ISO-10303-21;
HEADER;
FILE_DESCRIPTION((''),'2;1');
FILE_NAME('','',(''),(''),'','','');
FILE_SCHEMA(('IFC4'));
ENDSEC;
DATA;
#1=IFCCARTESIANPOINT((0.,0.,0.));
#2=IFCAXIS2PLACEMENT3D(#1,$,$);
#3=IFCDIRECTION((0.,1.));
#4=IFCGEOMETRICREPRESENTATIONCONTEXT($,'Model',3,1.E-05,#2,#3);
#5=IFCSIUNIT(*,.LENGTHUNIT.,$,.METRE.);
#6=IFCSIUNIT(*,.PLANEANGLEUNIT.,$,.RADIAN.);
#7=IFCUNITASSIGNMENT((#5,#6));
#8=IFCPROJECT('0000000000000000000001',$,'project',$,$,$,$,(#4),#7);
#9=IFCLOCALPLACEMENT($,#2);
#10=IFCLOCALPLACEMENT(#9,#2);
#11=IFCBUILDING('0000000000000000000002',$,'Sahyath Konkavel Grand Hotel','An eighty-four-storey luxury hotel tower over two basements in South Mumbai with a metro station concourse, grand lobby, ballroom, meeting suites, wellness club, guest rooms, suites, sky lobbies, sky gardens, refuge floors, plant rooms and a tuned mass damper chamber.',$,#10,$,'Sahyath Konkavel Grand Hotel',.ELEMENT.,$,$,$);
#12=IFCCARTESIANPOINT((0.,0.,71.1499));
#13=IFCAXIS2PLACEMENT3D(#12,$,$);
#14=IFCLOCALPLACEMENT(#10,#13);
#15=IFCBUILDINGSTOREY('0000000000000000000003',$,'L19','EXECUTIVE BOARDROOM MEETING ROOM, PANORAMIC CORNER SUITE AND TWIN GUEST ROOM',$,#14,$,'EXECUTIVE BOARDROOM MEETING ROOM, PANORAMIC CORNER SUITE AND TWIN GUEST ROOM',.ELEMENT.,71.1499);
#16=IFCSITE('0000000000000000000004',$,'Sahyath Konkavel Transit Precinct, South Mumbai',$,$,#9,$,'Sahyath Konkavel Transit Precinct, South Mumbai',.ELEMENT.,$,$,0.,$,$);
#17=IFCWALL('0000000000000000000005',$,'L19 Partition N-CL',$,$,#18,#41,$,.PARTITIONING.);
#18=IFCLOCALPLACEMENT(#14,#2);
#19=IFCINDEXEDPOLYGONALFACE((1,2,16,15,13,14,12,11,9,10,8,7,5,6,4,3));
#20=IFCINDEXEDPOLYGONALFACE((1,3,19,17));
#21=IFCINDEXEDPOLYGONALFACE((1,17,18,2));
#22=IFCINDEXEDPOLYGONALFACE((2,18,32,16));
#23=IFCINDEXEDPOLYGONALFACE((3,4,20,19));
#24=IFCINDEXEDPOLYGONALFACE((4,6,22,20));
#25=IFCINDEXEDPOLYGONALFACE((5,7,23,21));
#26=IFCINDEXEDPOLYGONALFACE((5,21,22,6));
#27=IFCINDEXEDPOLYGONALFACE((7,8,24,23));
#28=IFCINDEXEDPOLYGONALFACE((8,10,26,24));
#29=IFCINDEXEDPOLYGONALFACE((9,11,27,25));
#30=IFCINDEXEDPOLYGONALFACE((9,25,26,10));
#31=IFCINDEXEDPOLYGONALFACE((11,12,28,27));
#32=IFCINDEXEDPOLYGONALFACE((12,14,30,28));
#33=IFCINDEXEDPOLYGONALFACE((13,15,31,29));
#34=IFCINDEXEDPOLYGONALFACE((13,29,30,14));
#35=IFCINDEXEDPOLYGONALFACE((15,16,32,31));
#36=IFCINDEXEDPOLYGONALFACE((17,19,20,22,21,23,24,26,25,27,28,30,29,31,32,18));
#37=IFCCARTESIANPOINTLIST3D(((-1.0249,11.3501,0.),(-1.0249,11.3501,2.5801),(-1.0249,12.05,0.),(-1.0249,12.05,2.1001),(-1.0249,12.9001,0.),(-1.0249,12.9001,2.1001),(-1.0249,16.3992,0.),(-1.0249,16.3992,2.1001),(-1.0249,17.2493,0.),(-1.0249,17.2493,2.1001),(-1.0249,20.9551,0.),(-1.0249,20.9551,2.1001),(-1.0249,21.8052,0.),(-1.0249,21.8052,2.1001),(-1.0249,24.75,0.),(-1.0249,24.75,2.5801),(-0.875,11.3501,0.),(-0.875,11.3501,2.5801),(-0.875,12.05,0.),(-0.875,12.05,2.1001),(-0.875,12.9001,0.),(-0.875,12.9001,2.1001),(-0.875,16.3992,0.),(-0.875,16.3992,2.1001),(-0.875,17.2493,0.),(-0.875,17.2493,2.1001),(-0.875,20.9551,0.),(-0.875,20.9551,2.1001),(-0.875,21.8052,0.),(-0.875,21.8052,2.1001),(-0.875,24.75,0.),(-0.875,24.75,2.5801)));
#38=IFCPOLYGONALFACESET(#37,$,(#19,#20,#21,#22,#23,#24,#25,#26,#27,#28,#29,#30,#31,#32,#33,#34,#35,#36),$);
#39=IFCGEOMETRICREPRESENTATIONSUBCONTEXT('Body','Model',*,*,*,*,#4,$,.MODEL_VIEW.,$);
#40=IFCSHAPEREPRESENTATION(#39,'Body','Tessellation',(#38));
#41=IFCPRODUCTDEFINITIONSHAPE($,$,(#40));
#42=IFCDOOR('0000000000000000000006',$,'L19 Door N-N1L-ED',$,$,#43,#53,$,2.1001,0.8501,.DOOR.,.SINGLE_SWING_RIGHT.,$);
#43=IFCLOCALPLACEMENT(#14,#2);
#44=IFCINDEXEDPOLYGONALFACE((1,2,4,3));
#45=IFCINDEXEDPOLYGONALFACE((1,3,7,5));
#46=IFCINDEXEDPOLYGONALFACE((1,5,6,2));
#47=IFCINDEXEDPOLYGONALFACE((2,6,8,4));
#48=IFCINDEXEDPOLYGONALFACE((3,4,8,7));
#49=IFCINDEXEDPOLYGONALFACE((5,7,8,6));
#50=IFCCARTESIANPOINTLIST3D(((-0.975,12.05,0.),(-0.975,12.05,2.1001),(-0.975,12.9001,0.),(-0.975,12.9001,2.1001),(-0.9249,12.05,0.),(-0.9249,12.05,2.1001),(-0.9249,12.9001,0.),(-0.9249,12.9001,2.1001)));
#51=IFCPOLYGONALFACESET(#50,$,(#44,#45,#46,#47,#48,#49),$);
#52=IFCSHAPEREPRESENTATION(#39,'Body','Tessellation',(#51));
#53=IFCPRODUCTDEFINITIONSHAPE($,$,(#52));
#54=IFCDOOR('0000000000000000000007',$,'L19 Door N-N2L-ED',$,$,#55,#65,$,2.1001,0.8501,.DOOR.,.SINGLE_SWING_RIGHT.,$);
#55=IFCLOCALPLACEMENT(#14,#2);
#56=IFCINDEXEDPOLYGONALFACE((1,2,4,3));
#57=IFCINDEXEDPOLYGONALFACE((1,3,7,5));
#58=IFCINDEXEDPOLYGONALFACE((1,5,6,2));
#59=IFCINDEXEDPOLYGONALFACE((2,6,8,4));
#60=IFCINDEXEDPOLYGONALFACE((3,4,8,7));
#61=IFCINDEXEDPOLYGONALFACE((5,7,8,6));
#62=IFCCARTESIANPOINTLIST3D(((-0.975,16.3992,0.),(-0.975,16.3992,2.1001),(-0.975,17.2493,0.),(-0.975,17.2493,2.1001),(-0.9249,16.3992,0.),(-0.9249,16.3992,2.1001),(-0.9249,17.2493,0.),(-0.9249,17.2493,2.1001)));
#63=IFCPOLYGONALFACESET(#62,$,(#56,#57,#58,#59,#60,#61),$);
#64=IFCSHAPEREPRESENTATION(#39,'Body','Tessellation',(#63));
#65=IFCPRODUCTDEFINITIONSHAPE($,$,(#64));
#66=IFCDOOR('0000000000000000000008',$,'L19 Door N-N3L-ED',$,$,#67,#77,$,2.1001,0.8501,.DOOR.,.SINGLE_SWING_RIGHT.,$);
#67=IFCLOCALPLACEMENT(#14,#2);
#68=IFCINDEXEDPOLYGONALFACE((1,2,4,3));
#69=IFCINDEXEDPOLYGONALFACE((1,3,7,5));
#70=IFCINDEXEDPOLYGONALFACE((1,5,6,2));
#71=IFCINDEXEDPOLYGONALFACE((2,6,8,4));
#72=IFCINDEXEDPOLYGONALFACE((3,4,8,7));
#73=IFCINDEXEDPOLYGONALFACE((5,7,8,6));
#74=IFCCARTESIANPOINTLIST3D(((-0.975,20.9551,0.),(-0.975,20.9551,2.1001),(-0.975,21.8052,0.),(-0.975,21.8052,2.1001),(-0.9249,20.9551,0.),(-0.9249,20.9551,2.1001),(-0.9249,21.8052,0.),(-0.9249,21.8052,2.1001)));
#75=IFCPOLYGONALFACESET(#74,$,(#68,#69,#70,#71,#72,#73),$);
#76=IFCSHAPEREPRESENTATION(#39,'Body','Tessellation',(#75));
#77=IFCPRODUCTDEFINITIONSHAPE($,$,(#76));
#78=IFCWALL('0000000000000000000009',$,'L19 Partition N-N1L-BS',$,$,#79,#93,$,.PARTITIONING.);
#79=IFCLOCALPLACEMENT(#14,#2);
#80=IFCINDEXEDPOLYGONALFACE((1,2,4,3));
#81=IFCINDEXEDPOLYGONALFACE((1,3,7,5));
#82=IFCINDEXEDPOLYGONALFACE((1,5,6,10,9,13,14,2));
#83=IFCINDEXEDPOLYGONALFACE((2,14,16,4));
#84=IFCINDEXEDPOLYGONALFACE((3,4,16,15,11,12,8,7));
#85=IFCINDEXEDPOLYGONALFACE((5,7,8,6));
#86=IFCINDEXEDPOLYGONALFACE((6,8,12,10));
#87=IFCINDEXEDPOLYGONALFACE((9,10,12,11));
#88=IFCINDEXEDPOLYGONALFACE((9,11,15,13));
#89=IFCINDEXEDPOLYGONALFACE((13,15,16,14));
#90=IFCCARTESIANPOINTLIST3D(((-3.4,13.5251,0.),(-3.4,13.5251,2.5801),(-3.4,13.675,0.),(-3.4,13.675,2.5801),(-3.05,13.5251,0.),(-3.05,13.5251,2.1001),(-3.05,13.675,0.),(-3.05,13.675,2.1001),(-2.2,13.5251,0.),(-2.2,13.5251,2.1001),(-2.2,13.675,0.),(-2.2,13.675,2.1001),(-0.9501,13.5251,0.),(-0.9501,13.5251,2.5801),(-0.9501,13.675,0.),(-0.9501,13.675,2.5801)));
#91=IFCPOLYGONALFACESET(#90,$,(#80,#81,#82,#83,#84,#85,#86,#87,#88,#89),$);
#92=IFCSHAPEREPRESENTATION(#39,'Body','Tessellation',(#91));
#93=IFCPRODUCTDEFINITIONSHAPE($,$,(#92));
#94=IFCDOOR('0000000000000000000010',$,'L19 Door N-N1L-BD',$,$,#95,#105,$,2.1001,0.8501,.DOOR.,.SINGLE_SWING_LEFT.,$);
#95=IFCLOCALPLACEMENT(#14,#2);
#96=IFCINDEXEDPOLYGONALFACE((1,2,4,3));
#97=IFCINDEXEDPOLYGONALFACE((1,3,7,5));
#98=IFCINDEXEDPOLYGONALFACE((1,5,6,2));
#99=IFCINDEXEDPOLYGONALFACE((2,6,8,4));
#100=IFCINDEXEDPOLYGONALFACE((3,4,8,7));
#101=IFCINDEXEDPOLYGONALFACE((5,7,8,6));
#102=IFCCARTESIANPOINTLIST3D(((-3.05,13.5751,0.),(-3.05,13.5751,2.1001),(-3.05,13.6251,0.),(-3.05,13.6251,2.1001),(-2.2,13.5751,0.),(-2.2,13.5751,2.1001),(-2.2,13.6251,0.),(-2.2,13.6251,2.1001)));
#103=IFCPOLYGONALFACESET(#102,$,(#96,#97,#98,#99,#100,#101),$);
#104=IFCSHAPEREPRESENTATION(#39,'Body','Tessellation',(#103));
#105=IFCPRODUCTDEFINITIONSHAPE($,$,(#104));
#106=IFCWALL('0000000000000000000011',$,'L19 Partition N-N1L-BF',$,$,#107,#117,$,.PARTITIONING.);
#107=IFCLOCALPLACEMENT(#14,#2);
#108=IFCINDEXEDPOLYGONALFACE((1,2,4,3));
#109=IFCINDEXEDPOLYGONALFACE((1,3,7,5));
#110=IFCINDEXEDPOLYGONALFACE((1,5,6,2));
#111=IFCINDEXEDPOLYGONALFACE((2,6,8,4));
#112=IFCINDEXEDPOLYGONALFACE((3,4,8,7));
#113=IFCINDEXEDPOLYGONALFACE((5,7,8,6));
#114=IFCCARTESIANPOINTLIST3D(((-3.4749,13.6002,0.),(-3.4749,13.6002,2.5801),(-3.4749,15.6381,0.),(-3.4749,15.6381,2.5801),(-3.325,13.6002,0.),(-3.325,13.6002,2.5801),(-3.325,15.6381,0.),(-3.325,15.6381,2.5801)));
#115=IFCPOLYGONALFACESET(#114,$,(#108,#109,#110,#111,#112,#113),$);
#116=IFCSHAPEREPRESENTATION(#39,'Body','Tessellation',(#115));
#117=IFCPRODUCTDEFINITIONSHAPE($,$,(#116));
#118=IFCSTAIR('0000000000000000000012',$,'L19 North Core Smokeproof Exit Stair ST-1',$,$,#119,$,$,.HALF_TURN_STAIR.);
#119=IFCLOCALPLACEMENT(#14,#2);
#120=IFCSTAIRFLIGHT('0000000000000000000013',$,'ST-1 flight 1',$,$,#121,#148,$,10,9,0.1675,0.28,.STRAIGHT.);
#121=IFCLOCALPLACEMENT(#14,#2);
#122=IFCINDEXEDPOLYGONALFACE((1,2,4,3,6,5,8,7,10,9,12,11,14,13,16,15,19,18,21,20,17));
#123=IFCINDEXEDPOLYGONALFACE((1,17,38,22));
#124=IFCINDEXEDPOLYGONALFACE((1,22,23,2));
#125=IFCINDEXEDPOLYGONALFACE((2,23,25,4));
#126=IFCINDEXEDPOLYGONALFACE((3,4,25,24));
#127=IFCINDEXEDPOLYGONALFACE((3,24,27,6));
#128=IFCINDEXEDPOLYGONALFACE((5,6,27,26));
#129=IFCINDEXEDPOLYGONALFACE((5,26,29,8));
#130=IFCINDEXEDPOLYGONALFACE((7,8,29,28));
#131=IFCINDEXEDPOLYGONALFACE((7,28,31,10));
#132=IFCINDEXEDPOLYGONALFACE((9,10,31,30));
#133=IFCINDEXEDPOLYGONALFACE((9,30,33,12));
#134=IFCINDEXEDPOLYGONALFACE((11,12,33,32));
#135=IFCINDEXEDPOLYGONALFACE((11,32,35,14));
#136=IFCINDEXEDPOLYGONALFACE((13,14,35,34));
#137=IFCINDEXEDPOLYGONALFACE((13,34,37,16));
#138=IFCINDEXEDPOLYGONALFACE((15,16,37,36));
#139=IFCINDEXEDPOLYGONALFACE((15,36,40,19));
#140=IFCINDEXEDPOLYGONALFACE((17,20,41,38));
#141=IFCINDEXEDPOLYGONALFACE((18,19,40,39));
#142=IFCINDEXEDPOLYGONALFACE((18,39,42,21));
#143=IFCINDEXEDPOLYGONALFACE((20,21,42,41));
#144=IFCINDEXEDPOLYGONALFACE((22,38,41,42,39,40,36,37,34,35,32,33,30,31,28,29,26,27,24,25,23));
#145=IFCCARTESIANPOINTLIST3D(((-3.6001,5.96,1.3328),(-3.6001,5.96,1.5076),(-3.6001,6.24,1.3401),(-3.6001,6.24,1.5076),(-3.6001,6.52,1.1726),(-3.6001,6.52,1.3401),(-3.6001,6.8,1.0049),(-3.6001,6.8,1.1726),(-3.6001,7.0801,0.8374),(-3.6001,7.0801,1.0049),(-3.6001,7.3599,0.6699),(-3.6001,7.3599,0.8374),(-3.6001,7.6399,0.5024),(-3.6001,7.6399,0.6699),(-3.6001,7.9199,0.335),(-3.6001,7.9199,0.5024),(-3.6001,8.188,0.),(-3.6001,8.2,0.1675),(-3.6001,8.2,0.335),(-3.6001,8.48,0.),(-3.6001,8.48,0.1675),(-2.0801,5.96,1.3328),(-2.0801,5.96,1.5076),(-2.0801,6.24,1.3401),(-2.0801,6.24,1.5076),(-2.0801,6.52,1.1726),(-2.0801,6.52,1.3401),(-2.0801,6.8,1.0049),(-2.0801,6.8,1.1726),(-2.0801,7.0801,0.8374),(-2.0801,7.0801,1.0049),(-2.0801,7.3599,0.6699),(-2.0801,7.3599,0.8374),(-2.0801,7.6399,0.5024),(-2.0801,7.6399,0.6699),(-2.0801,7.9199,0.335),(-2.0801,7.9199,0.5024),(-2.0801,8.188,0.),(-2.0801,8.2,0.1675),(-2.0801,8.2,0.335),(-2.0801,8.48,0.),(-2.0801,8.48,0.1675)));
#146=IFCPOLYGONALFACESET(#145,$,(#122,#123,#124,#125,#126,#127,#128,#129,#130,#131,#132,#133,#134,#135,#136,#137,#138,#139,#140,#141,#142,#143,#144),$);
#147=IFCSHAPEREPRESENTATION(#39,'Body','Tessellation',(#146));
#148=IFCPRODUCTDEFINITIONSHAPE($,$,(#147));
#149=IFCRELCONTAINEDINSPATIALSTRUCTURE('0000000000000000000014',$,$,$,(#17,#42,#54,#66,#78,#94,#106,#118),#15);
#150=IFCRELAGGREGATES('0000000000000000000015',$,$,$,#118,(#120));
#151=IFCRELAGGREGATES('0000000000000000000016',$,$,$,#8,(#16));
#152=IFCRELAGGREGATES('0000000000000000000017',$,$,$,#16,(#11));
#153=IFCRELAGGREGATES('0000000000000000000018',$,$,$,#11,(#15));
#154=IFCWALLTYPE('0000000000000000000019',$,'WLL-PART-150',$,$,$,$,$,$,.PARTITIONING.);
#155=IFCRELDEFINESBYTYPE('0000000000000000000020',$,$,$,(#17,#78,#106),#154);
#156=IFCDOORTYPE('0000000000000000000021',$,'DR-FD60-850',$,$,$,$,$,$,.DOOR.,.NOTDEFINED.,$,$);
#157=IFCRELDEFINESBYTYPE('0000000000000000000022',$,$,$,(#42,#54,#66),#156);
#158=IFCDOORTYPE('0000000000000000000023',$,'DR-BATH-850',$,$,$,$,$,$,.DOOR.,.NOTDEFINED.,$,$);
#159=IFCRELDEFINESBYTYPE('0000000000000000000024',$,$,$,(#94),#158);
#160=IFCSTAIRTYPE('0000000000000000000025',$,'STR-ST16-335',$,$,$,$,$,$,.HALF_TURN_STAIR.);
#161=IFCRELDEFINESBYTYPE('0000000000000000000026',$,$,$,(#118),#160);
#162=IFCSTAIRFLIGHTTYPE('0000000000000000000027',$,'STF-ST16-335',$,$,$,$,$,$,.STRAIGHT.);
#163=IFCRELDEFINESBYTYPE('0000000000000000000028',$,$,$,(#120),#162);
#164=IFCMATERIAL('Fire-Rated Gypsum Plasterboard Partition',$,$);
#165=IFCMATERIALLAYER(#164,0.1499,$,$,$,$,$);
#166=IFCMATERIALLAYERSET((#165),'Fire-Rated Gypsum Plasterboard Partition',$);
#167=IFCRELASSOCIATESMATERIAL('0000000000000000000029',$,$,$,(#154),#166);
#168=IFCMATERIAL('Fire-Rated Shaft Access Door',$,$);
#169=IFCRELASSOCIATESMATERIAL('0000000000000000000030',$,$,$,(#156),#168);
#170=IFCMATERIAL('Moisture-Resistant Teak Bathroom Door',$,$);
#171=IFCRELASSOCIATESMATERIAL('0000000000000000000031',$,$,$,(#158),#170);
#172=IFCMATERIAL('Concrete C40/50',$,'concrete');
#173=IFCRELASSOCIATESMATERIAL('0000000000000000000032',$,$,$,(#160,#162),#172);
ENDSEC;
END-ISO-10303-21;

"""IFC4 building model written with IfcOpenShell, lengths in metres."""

from ifc_helpers import new_model, si_unit, direction, frame, frame_2d, origin, origin_2d, place, context, subcontext, project, spatial, polyline, rectangle, outline, extrude, source, transform, mapped, material, layer, layer_set, type_object, element, fill, aggregate, save


model = new_model("IFC4")

# Units and contexts
model_context = context("Model", 3, precision=1e-05, world=origin(), true_north=direction((0.0, 1.0)))
body_context = subcontext(model_context, "Body", "Model", "MODEL_VIEW")
ifc_project = project(units=[si_unit("LENGTHUNIT", "METRE"), si_unit("PLANEANGLEUNIT", "RADIAN")], contexts=[model_context])

# Site, building, storey
site_placement = place(None, origin())
site = spatial("IfcSite", under=ifc_project, at=site_placement, Name="Sahyath Konkavel Transit Precinct, South Mumbai", LongName="Sahyath Konkavel Transit Precinct, South Mumbai", CompositionType="ELEMENT", RefElevation=0.0)
building_placement = place(site_placement, origin())
building = spatial("IfcBuilding", under=site, at=building_placement, Name="Sahyath Konkavel Grand Hotel", Description="An eighty-four-storey luxury hotel tower over two basements in South Mumbai with a metro station concourse, grand lobby, ballroom, meeting suites, wellness club, guest rooms, suites, sky lobbies, sky gardens, refuge floors, plant rooms and a tuned mass damper chamber.", LongName="Sahyath Konkavel Grand Hotel", CompositionType="ELEMENT")
storey_placement = place(building_placement, frame((0.0, 0.0, 71.1499)))
storey = spatial("IfcBuildingStorey", under=building, at=storey_placement, Name="L19", Description="EXECUTIVE BOARDROOM MEETING ROOM, PANORAMIC CORNER SUITE AND TWIN GUEST ROOM", LongName="EXECUTIVE BOARDROOM MEETING ROOM, PANORAMIC CORNER SUITE AND TWIN GUEST ROOM", CompositionType="ELEMENT", Elevation=71.1499)

# Wall, openings, doors
ifc_material_1 = material(Name="Fire-Rated Gypsum Plasterboard Partition")
ifc_layer_1 = layer(ifc_material_1, 0.1499)
ifc_layer_set_1 = layer_set([ifc_layer_1], Name="Fire-Rated Gypsum Plasterboard Partition")
wall_type_1 = type_object("IfcWallType", Name="WLL-PART-150", PredefinedType="PARTITIONING", material=ifc_layer_set_1)
wall_1_placement = place(storey_placement, frame((-0.95, 11.3501, 0.0), z_axis=(0.0, 0.0, 1.0), x_axis=(0.0, 1.0, 0.0)))
wall_1 = element("IfcWall", 1, at=wall_1_placement, inside=storey, type_object=wall_type_1, Name="L19 Partition N-CL", PredefinedType="PARTITIONING", context=body_context, shape_type="SweptSolid", body=[
    extrude(rectangle(XDim=13.3999, YDim=0.1499, at=frame_2d((6.7, 0.0))), origin(), (0.0, 0.0, 1.0), 2.5801),
])
opening_1_placement = place(wall_1_placement, frame((0.7, 0.0, 0.0)))
opening_1 = element("IfcOpeningElement", 2, at=opening_1_placement, cuts=wall_1, PredefinedType="OPENING", context=body_context, shape_type="SweptSolid", body=[
    extrude(rectangle(XDim=0.8501, YDim=2.1001, at=frame_2d((0.425, 1.05))), frame((0.0, 0.085, 0.0), z_axis=(0.0, -1.0, 0.0), x_axis=(1.0, 0.0, 0.0)), (0.0, 0.0, 1.0), 0.1699),
])
opening_2_placement = place(wall_1_placement, frame((5.0491, 0.0, 0.0)))
opening_2 = element("IfcOpeningElement", 3, at=opening_2_placement, cuts=wall_1, PredefinedType="OPENING", context=body_context, shape_type="SweptSolid", body=[
    extrude(rectangle(XDim=0.8501, YDim=2.1001, at=frame_2d((0.425, 1.05))), frame((0.0, 0.085, 0.0), z_axis=(0.0, -1.0, 0.0), x_axis=(1.0, 0.0, 0.0)), (0.0, 0.0, 1.0), 0.1699),
])
opening_3_placement = place(wall_1_placement, frame((9.605, 0.0, 0.0)))
opening_3 = element("IfcOpeningElement", 4, at=opening_3_placement, cuts=wall_1, PredefinedType="OPENING", context=body_context, shape_type="SweptSolid", body=[
    extrude(rectangle(XDim=0.8501, YDim=2.1001, at=frame_2d((0.425, 1.05))), frame((0.0, 0.085, 0.0), z_axis=(0.0, -1.0, 0.0), x_axis=(1.0, 0.0, 0.0)), (0.0, 0.0, 1.0), 0.1699),
])
ifc_material_2 = material(Name="Fire-Rated Shaft Access Door")
door_type_1 = type_object("IfcDoorType", Name="DR-FD60-850", OperationType="NOTDEFINED", PredefinedType="DOOR", material=ifc_material_2)
shared_shape_1 = source(origin(), body_context, "Body", "SweptSolid", [
    extrude(rectangle(XDim=0.8501, YDim=0.05, at=origin_2d()), origin(), (0.0, 0.0, 1.0), 2.1001),
])
door_1_placement = place(opening_1_placement, frame((0.425, 0.0, 0.0)))
door_1 = element("IfcDoor", 5, at=door_1_placement, inside=storey, type_object=door_type_1, Name="L19 Door N-N1L-ED", OperationType="SINGLE_SWING_RIGHT", OverallHeight=2.1001, OverallWidth=0.8501, PredefinedType="DOOR", context=body_context, shape_type="MappedRepresentation", body=[
    mapped(shared_shape_1, transform((0.0, 0.0, 0.0), scale=1.0)),
])
fill(opening_1, door_1)
door_2_placement = place(opening_2_placement, frame((0.425, 0.0, 0.0)))
door_2 = element("IfcDoor", 6, at=door_2_placement, inside=storey, type_object=door_type_1, Name="L19 Door N-N2L-ED", OperationType="SINGLE_SWING_RIGHT", OverallHeight=2.1001, OverallWidth=0.8501, PredefinedType="DOOR", context=body_context, shape_type="MappedRepresentation", body=[
    mapped(shared_shape_1, transform((0.0, 0.0, 0.0), scale=1.0)),
])
fill(opening_2, door_2)
door_3_placement = place(opening_3_placement, frame((0.425, 0.0, 0.0)))
door_3 = element("IfcDoor", 7, at=door_3_placement, inside=storey, type_object=door_type_1, Name="L19 Door N-N3L-ED", OperationType="SINGLE_SWING_RIGHT", OverallHeight=2.1001, OverallWidth=0.8501, PredefinedType="DOOR", context=body_context, shape_type="MappedRepresentation", body=[
    mapped(shared_shape_1, transform((0.0, 0.0, 0.0), scale=1.0)),
])
fill(opening_3, door_3)

# Wall, opening, door
wall_2_placement = place(storey_placement, frame((-0.95, 13.6001, 0.0), z_axis=(0.0, 0.0, 1.0), x_axis=(-1.0, 0.0, 0.0)))
wall_2 = element("IfcWall", 8, at=wall_2_placement, inside=storey, type_object=wall_type_1, Name="L19 Partition N-N1L-BS", PredefinedType="PARTITIONING", context=body_context, shape_type="SweptSolid", body=[
    extrude(rectangle(XDim=2.45, YDim=0.1499, at=frame_2d((1.2251, 0.0))), origin(), (0.0, 0.0, 1.0), 2.5801),
])
opening_4_placement = place(wall_2_placement, frame((1.25, 0.0, 0.0)))
opening_4 = element("IfcOpeningElement", 9, at=opening_4_placement, cuts=wall_2, PredefinedType="OPENING", context=body_context, shape_type="SweptSolid", body=[
    extrude(rectangle(XDim=0.8501, YDim=2.1001, at=frame_2d((0.425, 1.05))), frame((0.0, 0.085, 0.0), z_axis=(0.0, -1.0, 0.0), x_axis=(1.0, 0.0, 0.0)), (0.0, 0.0, 1.0), 0.1699),
])
ifc_material_3 = material(Name="Moisture-Resistant Teak Bathroom Door")
door_type_2 = type_object("IfcDoorType", Name="DR-BATH-850", OperationType="NOTDEFINED", PredefinedType="DOOR", material=ifc_material_3)
door_4_placement = place(opening_4_placement, frame((0.425, 0.0, 0.0)))
door_4 = element("IfcDoor", 10, at=door_4_placement, inside=storey, type_object=door_type_2, Name="L19 Door N-N1L-BD", OperationType="SINGLE_SWING_LEFT", OverallHeight=2.1001, OverallWidth=0.8501, PredefinedType="DOOR", context=body_context, shape_type="MappedRepresentation", body=[
    mapped(shared_shape_1, transform((0.0, 0.0, 0.0), scale=1.0)),
])
fill(opening_4, door_4)

# Wall
wall_3_placement = place(storey_placement, frame((-3.3999, 13.6001, 0.0), z_axis=(0.0, 0.0, 1.0), x_axis=(0.0, 1.0, 0.0)))
element("IfcWall", 11, at=wall_3_placement, inside=storey, type_object=wall_type_1, Name="L19 Partition N-N1L-BF", PredefinedType="PARTITIONING", context=body_context, shape_type="SweptSolid", body=[
    extrude(rectangle(XDim=2.0378, YDim=0.1499, at=frame_2d((1.019, 0.0))), origin(), (0.0, 0.0, 1.0), 2.5801),
])

# Stair, stair flight
ifc_material_4 = material(Name="Concrete C40/50", Category="concrete")
stair_type = type_object("IfcStairType", Name="STR-ST16-335", PredefinedType="HALF_TURN_STAIR", material=ifc_material_4)
stair_placement = place(storey_placement, origin())
stair = element("IfcStair", 12, at=stair_placement, inside=storey, type_object=stair_type, Name="L19 North Core Smokeproof Exit Stair ST-1", PredefinedType="HALF_TURN_STAIR")
stair_flight_type = type_object("IfcStairFlightType", Name="STF-ST16-335", PredefinedType="STRAIGHT", material=ifc_material_4)
stair_flight_placement = place(storey_placement, frame((-2.8401, 8.48, 0.0), z_axis=(0.0, 0.0, 1.0), x_axis=(0.0, -1.0, 0.0)))
stair_flight = element("IfcStairFlight", 13, at=stair_flight_placement, type_object=stair_flight_type, Name="ST-1 flight 1", NumberOfRisers=10, NumberOfTreads=9, PredefinedType="STRAIGHT", RiserHeight=0.1675, TreadLength=0.28, context=body_context, shape_type="SweptSolid", body=[
    extrude(outline(polyline([(0.0, 0.0), (0.0, 0.1675), (0.28, 0.1675), (0.28, 0.335), (0.5601, 0.335), (0.5601, 0.5024), (0.8401, 0.5024), (0.8401, 0.6699), (1.1201, 0.6699), (1.1201, 0.8374), (1.3999, 0.8374), (1.3999, 1.0049), (1.6799, 1.0049), (1.6799, 1.1726), (1.96, 1.1726), (1.96, 1.3401), (2.24, 1.3401), (2.24, 1.5076), (2.52, 1.5076), (2.52, 1.675), (2.52, 1.3328), (0.292, 0.0), (0.0, 0.0)])), frame((0.0, 0.76, 0.0), z_axis=(0.0, -1.0, 0.0), x_axis=(1.0, 0.0, 0.0)), (0.0, 0.0, 1.0), 1.52),
])
aggregate(stair, [stair_flight])

save(model, "model.ifc")
